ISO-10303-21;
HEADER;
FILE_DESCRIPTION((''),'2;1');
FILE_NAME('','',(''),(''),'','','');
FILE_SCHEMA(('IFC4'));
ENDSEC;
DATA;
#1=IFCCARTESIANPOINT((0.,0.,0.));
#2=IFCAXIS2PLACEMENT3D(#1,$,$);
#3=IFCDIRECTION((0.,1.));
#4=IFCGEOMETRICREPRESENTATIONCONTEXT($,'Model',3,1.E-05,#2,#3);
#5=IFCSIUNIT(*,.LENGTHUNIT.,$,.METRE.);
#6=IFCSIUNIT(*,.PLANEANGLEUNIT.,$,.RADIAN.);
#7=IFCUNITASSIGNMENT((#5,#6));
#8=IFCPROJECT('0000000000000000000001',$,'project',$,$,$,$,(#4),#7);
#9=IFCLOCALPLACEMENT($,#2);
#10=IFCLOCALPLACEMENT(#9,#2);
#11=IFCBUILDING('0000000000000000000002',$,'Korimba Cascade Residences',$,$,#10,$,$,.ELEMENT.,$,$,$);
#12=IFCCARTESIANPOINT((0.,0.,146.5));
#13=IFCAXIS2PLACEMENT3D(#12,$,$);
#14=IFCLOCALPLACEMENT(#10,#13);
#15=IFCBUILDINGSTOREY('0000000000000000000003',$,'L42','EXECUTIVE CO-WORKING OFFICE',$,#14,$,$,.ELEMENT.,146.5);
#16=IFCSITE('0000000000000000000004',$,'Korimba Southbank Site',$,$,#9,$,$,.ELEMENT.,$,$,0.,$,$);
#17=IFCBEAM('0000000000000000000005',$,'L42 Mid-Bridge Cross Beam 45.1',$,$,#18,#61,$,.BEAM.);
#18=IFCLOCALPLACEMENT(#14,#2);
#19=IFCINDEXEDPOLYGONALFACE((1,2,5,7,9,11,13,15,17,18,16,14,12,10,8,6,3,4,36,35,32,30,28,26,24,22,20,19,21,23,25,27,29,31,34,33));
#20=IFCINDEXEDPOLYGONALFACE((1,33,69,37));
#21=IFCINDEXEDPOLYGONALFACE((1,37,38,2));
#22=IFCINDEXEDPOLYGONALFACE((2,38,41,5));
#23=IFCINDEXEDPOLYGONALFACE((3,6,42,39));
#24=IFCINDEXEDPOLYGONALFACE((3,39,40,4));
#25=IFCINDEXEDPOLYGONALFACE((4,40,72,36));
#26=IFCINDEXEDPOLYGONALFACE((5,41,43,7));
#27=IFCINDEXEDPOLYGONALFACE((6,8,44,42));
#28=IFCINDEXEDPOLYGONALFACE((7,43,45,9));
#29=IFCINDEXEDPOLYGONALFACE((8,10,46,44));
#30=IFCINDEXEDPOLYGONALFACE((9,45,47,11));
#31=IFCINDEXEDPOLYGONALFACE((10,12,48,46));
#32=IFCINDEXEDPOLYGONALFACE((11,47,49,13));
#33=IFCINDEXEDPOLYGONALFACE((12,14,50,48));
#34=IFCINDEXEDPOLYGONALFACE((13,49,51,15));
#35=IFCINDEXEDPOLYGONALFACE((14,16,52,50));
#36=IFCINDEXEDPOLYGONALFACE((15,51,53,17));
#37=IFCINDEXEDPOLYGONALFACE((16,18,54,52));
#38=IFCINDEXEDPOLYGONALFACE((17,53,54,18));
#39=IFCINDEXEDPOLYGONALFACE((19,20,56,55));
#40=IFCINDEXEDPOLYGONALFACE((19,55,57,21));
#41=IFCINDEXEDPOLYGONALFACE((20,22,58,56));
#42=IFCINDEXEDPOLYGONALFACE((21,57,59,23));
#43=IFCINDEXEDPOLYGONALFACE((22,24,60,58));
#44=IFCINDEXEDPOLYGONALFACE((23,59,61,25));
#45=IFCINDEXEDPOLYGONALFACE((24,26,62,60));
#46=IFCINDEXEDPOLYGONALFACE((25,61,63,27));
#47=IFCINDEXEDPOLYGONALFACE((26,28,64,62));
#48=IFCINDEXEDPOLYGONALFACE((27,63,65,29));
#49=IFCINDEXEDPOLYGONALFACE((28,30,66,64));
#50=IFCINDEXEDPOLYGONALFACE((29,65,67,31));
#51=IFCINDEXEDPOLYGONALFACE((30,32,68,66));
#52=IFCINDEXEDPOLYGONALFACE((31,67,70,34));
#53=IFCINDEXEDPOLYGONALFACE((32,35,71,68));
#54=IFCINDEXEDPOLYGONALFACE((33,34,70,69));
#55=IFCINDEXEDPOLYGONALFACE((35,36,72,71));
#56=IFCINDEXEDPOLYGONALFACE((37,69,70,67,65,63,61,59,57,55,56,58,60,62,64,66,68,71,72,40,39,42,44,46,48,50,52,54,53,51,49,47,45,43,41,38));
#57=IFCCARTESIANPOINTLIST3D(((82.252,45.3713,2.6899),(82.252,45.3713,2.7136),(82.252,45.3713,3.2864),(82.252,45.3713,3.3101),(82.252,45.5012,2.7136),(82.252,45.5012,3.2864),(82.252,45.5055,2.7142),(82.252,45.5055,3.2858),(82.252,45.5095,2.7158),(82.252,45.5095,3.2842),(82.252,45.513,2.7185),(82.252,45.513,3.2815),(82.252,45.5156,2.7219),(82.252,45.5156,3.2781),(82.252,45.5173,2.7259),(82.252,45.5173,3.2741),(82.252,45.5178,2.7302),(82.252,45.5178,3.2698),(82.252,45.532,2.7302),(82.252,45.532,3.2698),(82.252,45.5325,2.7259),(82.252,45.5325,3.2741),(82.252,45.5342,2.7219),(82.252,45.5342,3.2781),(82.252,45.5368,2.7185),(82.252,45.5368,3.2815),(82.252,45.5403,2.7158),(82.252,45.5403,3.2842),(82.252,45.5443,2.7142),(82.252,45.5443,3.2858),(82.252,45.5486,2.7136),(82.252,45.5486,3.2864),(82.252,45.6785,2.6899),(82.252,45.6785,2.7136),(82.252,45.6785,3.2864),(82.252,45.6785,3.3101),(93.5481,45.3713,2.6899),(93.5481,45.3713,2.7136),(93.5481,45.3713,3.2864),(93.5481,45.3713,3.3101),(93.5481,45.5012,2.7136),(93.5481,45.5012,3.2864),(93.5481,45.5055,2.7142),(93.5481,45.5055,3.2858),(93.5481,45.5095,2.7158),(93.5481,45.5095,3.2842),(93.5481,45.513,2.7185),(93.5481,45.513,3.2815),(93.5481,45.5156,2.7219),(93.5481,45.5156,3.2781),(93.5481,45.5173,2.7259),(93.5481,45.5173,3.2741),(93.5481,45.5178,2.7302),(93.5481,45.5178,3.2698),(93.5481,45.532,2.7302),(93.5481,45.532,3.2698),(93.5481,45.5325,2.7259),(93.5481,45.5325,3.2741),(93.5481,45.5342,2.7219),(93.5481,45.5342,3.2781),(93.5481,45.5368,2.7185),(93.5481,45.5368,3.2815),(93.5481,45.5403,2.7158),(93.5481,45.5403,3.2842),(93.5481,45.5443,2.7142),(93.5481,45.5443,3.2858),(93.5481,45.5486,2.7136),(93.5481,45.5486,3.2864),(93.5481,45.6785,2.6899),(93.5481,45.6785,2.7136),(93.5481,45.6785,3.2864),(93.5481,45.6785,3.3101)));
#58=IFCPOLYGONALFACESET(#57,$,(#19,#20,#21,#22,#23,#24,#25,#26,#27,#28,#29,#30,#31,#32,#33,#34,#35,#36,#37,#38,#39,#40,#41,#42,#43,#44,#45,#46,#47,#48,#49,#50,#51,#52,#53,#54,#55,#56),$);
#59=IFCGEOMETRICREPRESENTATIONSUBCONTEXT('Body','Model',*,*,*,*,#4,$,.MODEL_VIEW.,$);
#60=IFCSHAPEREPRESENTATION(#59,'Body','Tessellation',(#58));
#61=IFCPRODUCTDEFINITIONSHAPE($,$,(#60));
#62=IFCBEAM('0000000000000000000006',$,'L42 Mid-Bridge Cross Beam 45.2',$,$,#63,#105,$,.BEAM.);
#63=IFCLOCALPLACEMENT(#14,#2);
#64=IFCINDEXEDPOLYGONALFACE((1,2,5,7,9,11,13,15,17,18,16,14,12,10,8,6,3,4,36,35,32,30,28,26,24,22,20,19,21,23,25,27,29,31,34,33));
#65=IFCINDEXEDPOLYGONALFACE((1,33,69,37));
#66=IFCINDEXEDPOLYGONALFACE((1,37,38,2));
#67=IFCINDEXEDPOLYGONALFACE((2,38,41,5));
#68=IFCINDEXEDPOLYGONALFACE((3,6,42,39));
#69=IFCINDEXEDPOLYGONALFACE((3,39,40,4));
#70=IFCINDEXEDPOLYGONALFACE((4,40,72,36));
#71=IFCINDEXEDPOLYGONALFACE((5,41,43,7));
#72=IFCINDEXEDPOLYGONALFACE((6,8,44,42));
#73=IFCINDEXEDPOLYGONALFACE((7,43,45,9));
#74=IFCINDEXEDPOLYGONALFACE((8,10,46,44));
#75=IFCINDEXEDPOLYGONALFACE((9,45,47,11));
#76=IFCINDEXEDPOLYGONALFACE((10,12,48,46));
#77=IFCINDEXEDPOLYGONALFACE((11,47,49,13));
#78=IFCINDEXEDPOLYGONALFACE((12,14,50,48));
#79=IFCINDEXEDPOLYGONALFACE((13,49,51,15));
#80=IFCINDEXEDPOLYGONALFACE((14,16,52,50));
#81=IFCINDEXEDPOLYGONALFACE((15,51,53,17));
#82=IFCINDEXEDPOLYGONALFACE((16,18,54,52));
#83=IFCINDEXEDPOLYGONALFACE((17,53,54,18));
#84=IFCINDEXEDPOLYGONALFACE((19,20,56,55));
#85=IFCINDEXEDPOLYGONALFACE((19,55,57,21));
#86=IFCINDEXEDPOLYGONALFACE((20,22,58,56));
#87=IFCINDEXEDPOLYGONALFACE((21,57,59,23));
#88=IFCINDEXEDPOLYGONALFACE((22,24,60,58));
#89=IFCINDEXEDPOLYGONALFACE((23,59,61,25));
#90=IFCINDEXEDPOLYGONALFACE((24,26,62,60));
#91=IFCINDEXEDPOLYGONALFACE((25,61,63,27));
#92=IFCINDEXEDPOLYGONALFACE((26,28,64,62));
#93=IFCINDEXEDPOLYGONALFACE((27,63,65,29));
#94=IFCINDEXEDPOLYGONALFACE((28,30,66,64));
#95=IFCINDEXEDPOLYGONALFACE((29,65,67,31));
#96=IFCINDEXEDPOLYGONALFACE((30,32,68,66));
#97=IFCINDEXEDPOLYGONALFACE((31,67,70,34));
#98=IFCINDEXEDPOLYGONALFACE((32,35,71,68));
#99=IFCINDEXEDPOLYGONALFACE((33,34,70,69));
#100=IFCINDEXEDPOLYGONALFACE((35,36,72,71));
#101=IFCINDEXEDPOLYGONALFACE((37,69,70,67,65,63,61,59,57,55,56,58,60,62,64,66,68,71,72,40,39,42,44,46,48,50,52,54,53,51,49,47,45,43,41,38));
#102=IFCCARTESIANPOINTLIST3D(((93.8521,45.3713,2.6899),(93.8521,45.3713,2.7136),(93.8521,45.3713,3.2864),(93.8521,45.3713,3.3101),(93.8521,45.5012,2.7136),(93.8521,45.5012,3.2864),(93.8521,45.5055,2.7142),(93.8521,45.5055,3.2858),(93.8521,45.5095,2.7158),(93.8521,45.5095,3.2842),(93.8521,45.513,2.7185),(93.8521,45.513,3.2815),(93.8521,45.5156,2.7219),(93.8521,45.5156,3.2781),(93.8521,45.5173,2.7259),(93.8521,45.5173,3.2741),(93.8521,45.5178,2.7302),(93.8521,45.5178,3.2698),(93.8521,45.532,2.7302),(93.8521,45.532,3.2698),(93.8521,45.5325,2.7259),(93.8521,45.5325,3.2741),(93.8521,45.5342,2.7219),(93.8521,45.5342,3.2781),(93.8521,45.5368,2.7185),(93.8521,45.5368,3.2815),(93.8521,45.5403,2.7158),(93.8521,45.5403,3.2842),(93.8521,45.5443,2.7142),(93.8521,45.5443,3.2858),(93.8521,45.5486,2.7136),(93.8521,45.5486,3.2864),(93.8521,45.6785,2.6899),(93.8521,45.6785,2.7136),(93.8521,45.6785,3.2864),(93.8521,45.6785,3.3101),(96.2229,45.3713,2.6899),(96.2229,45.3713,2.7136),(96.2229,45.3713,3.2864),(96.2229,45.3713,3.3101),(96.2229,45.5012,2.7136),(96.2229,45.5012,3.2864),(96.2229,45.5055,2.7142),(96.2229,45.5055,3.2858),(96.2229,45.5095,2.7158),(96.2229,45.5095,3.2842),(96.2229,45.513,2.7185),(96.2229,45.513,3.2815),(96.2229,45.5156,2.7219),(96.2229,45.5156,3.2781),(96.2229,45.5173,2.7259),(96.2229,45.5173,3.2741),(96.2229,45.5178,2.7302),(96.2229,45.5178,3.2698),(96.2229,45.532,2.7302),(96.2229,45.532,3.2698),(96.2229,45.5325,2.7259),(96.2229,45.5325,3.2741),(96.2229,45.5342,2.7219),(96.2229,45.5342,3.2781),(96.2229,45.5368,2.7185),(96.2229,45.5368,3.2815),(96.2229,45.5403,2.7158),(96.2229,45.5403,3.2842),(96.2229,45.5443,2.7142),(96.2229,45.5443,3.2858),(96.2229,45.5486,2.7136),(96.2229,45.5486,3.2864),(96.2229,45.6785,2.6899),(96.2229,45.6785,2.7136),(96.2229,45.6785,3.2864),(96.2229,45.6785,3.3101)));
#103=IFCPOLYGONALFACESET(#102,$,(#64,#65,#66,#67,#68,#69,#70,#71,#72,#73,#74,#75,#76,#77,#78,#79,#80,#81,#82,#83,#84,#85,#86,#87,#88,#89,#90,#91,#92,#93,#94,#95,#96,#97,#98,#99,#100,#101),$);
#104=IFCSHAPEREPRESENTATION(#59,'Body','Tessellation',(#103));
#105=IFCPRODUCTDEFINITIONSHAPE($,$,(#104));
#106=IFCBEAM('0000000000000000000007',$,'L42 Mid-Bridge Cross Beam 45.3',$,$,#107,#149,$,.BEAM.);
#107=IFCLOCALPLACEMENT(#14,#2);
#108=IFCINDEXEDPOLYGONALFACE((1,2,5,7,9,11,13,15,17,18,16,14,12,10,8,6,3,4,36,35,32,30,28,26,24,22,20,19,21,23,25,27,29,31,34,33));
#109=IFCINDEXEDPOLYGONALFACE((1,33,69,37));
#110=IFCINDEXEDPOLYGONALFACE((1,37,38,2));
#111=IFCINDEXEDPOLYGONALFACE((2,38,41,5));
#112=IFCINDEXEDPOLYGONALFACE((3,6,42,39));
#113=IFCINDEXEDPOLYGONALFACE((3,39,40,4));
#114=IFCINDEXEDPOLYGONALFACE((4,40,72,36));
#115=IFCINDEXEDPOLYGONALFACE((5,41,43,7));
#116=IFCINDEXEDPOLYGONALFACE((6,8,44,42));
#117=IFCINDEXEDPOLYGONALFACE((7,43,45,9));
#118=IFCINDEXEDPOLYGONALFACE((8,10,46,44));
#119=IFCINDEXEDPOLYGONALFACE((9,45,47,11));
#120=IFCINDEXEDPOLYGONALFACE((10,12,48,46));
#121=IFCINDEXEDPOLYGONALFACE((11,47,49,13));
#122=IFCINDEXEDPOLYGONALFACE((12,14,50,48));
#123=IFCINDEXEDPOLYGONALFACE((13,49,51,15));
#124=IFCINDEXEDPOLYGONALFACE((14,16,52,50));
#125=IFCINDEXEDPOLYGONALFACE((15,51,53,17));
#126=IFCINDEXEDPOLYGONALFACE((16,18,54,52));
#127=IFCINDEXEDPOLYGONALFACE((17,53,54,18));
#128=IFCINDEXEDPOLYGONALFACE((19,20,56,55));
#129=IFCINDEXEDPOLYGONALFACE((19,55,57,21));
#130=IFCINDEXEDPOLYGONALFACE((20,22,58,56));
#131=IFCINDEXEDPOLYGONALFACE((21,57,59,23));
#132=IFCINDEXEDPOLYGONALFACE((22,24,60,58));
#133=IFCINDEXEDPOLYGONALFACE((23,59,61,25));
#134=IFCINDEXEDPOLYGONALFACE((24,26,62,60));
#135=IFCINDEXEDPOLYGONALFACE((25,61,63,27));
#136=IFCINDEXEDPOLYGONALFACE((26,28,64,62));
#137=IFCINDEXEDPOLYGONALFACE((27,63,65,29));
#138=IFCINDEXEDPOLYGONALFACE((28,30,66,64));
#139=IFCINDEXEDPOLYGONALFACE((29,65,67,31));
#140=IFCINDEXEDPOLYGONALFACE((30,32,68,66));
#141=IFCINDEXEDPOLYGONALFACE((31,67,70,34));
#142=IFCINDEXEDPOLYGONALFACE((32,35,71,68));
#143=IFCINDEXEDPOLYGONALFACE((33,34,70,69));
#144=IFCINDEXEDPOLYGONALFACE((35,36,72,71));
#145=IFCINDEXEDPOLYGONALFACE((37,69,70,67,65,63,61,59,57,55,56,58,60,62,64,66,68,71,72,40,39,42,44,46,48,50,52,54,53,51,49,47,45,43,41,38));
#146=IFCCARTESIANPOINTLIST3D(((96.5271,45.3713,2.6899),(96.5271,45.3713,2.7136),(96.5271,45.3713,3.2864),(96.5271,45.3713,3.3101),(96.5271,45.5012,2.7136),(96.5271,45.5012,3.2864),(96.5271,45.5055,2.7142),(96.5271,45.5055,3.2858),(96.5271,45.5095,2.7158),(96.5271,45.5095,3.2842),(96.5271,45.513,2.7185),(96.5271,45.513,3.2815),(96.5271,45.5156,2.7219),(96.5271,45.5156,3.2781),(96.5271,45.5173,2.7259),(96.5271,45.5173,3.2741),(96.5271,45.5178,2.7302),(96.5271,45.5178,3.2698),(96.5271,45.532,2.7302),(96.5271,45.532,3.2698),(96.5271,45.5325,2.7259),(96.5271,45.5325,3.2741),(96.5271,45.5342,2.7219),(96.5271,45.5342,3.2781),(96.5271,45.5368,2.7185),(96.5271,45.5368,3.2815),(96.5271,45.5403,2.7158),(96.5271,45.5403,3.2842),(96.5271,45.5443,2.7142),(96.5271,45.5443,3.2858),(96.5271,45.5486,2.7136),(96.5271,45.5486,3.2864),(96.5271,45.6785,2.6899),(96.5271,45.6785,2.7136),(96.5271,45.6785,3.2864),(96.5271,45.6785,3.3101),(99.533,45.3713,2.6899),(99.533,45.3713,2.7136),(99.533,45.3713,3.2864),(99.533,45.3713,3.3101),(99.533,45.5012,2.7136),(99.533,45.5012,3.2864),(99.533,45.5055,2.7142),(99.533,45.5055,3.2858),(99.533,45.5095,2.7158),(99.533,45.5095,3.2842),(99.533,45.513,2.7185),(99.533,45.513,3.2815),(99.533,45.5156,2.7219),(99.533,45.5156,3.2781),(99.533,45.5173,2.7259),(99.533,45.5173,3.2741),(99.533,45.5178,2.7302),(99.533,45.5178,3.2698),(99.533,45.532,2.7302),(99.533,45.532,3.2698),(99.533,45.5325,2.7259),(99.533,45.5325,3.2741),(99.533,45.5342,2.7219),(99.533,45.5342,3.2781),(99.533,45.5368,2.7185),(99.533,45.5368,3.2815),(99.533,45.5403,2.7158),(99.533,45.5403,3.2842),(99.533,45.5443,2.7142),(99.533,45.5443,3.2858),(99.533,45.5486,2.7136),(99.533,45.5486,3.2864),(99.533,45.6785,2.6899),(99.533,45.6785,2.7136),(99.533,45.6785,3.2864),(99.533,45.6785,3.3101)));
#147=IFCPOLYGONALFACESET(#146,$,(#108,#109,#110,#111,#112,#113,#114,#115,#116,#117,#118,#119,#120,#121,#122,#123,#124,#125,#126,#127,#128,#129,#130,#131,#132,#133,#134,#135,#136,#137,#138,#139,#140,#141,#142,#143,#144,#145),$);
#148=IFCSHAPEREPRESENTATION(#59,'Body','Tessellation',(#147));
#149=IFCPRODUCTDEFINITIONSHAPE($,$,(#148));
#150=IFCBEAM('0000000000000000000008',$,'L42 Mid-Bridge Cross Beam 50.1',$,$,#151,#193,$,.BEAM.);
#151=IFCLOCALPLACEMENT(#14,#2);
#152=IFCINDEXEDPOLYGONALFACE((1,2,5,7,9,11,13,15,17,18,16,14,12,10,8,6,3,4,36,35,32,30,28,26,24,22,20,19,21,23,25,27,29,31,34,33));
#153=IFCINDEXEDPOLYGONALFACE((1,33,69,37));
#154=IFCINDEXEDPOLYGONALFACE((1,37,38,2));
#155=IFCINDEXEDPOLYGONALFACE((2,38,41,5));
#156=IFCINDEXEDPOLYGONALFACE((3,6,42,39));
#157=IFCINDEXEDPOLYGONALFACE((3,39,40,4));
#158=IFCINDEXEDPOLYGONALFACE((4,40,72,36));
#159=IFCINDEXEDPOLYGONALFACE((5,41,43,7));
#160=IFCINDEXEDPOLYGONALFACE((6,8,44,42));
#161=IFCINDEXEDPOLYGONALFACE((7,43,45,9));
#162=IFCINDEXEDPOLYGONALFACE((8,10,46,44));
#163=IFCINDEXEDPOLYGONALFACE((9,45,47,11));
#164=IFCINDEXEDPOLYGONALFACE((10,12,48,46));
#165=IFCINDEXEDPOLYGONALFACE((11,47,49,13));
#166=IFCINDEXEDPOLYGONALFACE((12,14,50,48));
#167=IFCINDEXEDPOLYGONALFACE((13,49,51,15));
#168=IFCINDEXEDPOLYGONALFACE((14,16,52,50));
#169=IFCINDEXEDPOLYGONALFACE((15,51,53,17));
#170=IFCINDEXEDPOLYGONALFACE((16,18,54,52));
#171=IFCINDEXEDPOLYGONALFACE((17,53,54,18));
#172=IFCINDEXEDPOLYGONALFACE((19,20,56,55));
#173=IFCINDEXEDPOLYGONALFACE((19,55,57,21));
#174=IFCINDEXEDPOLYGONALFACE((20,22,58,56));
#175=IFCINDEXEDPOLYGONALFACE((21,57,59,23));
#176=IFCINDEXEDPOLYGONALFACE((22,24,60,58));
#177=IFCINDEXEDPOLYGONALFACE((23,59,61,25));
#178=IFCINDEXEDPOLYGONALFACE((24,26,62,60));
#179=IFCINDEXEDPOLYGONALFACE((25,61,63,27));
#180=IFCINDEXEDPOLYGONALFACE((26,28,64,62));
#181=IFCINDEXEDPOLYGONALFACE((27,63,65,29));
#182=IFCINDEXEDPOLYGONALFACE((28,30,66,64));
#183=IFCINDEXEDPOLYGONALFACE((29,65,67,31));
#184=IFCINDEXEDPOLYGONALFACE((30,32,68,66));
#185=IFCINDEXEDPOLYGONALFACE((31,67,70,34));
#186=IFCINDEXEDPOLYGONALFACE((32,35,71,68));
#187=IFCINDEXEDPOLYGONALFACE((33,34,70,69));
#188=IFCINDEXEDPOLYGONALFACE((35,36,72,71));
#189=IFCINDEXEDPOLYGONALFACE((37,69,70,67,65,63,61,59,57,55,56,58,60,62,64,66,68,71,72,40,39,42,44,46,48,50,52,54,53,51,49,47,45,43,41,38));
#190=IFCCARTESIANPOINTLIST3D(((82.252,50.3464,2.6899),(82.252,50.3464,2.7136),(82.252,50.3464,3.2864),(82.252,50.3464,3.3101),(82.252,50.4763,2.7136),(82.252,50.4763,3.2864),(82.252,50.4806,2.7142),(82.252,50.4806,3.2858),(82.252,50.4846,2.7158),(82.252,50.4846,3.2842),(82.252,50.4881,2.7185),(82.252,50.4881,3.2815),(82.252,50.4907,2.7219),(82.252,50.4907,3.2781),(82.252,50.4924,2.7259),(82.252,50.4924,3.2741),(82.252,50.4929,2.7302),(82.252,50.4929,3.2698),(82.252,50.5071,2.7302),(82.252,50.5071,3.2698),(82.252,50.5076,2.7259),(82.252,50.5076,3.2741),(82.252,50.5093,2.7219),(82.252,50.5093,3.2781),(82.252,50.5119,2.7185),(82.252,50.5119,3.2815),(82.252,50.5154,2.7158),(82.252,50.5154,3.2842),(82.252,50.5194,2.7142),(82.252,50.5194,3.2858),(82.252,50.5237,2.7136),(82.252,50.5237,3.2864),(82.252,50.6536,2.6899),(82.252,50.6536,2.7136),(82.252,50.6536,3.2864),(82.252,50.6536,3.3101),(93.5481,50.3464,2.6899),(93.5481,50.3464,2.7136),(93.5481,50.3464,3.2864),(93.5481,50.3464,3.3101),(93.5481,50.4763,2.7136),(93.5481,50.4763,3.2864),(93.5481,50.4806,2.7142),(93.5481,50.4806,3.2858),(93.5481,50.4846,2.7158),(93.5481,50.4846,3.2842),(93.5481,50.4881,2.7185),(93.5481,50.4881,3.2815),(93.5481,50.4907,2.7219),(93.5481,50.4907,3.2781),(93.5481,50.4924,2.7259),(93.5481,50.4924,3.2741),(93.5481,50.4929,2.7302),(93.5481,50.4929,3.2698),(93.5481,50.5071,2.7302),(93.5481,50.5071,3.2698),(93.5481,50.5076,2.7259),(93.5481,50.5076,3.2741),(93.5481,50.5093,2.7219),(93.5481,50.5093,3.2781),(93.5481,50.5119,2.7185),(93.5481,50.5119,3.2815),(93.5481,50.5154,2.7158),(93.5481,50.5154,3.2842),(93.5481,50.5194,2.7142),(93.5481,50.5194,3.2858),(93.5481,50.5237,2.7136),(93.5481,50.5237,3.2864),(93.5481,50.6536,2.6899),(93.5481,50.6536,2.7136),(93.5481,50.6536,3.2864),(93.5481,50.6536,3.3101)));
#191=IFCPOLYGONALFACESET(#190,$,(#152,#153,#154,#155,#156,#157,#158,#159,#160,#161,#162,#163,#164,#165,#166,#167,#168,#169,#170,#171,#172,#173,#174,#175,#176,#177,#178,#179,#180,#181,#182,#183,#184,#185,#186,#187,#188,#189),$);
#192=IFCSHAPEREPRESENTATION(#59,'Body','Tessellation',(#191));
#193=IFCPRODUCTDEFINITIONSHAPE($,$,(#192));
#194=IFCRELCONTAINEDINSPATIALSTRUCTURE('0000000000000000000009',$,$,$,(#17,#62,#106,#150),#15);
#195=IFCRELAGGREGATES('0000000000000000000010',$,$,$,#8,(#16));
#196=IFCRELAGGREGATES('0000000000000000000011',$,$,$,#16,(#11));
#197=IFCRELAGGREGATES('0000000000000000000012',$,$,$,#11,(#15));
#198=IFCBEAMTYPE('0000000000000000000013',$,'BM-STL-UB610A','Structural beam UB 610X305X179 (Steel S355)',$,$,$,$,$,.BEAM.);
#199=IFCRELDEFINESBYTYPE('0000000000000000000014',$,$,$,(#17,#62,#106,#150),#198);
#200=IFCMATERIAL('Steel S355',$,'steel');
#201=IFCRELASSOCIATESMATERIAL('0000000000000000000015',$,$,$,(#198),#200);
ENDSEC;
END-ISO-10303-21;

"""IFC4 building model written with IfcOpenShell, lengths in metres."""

from ifc_helpers import new_model, si_unit, direction, frame, origin, origin_2d, place, context, subcontext, project, spatial, i_section, extrude, material, material_profile, profile_set, type_object, element, save


model = new_model("IFC4")

# Units and contexts
model_context = context("Model", 3, precision=1e-05, world=origin(), true_north=direction((0.0, 1.0)))
body_context = subcontext(model_context, "Body", "Model", "MODEL_VIEW")
ifc_project = project(units=[si_unit("LENGTHUNIT", "METRE"), si_unit("PLANEANGLEUNIT", "RADIAN")], contexts=[model_context])

# Site, building, storey
site_placement = place(None, origin())
site = spatial("IfcSite", under=ifc_project, at=site_placement, Name="Korimba Southbank Site", CompositionType="ELEMENT", RefElevation=0.0)
building_placement = place(site_placement, origin())
building = spatial("IfcBuilding", under=site, at=building_placement, Name="Korimba Cascade Residences", CompositionType="ELEMENT")
storey_placement = place(building_placement, frame((0.0, 0.0, 146.5)))
storey = spatial("IfcBuildingStorey", under=building, at=storey_placement, Name="L42", Description="EXECUTIVE CO-WORKING OFFICE", CompositionType="ELEMENT", Elevation=146.5)

# Beams
ifc_material_1 = material(Name="Steel S355", Category="steel")
ifc_material_profile_1 = material_profile(ifc_material_1, i_section(OverallWidth=0.3071, OverallDepth=0.6201, WebThickness=0.0142, FlangeThickness=0.0237, FilletRadius=0.0166, at=origin_2d()), Name="Steel S355")
ifc_profile_set_1 = profile_set([ifc_material_profile_1], Name="Steel S355")
beam_type_1 = type_object("IfcBeamType", Name="BM-STL-UB610A", Description="Structural beam UB 610X305X179 (Steel S355)", PredefinedType="BEAM", material=ifc_profile_set_1)
beam_1_placement = place(storey_placement, frame((82.252, 45.5249, 3.0), z_axis=(1.0, 0.0, 0.0), x_axis=(0.0, 1.0, 0.0)))
element("IfcBeam", 1, at=beam_1_placement, inside=storey, type_object=beam_type_1, Name="L42 Mid-Bridge Cross Beam 45.1", PredefinedType="BEAM", context=body_context, shape_type="SweptSolid", body=[
    extrude(i_section(OverallWidth=0.3071, OverallDepth=0.6201, WebThickness=0.0142, FlangeThickness=0.0237, FilletRadius=0.0166, at=origin_2d()), origin(), (0.0, 0.0, 1.0), 11.2961),
])
beam_2_placement = place(storey_placement, frame((93.8521, 45.5249, 3.0), z_axis=(1.0, 0.0, 0.0), x_axis=(0.0, 1.0, 0.0)))
element("IfcBeam", 2, at=beam_2_placement, inside=storey, type_object=beam_type_1, Name="L42 Mid-Bridge Cross Beam 45.2", PredefinedType="BEAM", context=body_context, shape_type="SweptSolid", body=[
    extrude(i_section(OverallWidth=0.3071, OverallDepth=0.6201, WebThickness=0.0142, FlangeThickness=0.0237, FilletRadius=0.0166, at=origin_2d()), origin(), (0.0, 0.0, 1.0), 2.3708),
])
beam_3_placement = place(storey_placement, frame((96.5271, 45.5249, 3.0), z_axis=(1.0, 0.0, 0.0), x_axis=(0.0, 1.0, 0.0)))
element("IfcBeam", 3, at=beam_3_placement, inside=storey, type_object=beam_type_1, Name="L42 Mid-Bridge Cross Beam 45.3", PredefinedType="BEAM", context=body_context, shape_type="SweptSolid", body=[
    extrude(i_section(OverallWidth=0.3071, OverallDepth=0.6201, WebThickness=0.0142, FlangeThickness=0.0237, FilletRadius=0.0166, at=origin_2d()), origin(), (0.0, 0.0, 1.0), 3.0059),
])
beam_4_placement = place(storey_placement, frame((82.252, 50.5, 3.0), z_axis=(1.0, 0.0, 0.0), x_axis=(0.0, 1.0, 0.0)))
element("IfcBeam", 4, at=beam_4_placement, inside=storey, type_object=beam_type_1, Name="L42 Mid-Bridge Cross Beam 50.1", PredefinedType="BEAM", context=body_context, shape_type="SweptSolid", body=[
    extrude(i_section(OverallWidth=0.3071, OverallDepth=0.6201, WebThickness=0.0142, FlangeThickness=0.0237, FilletRadius=0.0166, at=origin_2d()), origin(), (0.0, 0.0, 1.0), 11.2961),
])

save(model, "model.ifc")
